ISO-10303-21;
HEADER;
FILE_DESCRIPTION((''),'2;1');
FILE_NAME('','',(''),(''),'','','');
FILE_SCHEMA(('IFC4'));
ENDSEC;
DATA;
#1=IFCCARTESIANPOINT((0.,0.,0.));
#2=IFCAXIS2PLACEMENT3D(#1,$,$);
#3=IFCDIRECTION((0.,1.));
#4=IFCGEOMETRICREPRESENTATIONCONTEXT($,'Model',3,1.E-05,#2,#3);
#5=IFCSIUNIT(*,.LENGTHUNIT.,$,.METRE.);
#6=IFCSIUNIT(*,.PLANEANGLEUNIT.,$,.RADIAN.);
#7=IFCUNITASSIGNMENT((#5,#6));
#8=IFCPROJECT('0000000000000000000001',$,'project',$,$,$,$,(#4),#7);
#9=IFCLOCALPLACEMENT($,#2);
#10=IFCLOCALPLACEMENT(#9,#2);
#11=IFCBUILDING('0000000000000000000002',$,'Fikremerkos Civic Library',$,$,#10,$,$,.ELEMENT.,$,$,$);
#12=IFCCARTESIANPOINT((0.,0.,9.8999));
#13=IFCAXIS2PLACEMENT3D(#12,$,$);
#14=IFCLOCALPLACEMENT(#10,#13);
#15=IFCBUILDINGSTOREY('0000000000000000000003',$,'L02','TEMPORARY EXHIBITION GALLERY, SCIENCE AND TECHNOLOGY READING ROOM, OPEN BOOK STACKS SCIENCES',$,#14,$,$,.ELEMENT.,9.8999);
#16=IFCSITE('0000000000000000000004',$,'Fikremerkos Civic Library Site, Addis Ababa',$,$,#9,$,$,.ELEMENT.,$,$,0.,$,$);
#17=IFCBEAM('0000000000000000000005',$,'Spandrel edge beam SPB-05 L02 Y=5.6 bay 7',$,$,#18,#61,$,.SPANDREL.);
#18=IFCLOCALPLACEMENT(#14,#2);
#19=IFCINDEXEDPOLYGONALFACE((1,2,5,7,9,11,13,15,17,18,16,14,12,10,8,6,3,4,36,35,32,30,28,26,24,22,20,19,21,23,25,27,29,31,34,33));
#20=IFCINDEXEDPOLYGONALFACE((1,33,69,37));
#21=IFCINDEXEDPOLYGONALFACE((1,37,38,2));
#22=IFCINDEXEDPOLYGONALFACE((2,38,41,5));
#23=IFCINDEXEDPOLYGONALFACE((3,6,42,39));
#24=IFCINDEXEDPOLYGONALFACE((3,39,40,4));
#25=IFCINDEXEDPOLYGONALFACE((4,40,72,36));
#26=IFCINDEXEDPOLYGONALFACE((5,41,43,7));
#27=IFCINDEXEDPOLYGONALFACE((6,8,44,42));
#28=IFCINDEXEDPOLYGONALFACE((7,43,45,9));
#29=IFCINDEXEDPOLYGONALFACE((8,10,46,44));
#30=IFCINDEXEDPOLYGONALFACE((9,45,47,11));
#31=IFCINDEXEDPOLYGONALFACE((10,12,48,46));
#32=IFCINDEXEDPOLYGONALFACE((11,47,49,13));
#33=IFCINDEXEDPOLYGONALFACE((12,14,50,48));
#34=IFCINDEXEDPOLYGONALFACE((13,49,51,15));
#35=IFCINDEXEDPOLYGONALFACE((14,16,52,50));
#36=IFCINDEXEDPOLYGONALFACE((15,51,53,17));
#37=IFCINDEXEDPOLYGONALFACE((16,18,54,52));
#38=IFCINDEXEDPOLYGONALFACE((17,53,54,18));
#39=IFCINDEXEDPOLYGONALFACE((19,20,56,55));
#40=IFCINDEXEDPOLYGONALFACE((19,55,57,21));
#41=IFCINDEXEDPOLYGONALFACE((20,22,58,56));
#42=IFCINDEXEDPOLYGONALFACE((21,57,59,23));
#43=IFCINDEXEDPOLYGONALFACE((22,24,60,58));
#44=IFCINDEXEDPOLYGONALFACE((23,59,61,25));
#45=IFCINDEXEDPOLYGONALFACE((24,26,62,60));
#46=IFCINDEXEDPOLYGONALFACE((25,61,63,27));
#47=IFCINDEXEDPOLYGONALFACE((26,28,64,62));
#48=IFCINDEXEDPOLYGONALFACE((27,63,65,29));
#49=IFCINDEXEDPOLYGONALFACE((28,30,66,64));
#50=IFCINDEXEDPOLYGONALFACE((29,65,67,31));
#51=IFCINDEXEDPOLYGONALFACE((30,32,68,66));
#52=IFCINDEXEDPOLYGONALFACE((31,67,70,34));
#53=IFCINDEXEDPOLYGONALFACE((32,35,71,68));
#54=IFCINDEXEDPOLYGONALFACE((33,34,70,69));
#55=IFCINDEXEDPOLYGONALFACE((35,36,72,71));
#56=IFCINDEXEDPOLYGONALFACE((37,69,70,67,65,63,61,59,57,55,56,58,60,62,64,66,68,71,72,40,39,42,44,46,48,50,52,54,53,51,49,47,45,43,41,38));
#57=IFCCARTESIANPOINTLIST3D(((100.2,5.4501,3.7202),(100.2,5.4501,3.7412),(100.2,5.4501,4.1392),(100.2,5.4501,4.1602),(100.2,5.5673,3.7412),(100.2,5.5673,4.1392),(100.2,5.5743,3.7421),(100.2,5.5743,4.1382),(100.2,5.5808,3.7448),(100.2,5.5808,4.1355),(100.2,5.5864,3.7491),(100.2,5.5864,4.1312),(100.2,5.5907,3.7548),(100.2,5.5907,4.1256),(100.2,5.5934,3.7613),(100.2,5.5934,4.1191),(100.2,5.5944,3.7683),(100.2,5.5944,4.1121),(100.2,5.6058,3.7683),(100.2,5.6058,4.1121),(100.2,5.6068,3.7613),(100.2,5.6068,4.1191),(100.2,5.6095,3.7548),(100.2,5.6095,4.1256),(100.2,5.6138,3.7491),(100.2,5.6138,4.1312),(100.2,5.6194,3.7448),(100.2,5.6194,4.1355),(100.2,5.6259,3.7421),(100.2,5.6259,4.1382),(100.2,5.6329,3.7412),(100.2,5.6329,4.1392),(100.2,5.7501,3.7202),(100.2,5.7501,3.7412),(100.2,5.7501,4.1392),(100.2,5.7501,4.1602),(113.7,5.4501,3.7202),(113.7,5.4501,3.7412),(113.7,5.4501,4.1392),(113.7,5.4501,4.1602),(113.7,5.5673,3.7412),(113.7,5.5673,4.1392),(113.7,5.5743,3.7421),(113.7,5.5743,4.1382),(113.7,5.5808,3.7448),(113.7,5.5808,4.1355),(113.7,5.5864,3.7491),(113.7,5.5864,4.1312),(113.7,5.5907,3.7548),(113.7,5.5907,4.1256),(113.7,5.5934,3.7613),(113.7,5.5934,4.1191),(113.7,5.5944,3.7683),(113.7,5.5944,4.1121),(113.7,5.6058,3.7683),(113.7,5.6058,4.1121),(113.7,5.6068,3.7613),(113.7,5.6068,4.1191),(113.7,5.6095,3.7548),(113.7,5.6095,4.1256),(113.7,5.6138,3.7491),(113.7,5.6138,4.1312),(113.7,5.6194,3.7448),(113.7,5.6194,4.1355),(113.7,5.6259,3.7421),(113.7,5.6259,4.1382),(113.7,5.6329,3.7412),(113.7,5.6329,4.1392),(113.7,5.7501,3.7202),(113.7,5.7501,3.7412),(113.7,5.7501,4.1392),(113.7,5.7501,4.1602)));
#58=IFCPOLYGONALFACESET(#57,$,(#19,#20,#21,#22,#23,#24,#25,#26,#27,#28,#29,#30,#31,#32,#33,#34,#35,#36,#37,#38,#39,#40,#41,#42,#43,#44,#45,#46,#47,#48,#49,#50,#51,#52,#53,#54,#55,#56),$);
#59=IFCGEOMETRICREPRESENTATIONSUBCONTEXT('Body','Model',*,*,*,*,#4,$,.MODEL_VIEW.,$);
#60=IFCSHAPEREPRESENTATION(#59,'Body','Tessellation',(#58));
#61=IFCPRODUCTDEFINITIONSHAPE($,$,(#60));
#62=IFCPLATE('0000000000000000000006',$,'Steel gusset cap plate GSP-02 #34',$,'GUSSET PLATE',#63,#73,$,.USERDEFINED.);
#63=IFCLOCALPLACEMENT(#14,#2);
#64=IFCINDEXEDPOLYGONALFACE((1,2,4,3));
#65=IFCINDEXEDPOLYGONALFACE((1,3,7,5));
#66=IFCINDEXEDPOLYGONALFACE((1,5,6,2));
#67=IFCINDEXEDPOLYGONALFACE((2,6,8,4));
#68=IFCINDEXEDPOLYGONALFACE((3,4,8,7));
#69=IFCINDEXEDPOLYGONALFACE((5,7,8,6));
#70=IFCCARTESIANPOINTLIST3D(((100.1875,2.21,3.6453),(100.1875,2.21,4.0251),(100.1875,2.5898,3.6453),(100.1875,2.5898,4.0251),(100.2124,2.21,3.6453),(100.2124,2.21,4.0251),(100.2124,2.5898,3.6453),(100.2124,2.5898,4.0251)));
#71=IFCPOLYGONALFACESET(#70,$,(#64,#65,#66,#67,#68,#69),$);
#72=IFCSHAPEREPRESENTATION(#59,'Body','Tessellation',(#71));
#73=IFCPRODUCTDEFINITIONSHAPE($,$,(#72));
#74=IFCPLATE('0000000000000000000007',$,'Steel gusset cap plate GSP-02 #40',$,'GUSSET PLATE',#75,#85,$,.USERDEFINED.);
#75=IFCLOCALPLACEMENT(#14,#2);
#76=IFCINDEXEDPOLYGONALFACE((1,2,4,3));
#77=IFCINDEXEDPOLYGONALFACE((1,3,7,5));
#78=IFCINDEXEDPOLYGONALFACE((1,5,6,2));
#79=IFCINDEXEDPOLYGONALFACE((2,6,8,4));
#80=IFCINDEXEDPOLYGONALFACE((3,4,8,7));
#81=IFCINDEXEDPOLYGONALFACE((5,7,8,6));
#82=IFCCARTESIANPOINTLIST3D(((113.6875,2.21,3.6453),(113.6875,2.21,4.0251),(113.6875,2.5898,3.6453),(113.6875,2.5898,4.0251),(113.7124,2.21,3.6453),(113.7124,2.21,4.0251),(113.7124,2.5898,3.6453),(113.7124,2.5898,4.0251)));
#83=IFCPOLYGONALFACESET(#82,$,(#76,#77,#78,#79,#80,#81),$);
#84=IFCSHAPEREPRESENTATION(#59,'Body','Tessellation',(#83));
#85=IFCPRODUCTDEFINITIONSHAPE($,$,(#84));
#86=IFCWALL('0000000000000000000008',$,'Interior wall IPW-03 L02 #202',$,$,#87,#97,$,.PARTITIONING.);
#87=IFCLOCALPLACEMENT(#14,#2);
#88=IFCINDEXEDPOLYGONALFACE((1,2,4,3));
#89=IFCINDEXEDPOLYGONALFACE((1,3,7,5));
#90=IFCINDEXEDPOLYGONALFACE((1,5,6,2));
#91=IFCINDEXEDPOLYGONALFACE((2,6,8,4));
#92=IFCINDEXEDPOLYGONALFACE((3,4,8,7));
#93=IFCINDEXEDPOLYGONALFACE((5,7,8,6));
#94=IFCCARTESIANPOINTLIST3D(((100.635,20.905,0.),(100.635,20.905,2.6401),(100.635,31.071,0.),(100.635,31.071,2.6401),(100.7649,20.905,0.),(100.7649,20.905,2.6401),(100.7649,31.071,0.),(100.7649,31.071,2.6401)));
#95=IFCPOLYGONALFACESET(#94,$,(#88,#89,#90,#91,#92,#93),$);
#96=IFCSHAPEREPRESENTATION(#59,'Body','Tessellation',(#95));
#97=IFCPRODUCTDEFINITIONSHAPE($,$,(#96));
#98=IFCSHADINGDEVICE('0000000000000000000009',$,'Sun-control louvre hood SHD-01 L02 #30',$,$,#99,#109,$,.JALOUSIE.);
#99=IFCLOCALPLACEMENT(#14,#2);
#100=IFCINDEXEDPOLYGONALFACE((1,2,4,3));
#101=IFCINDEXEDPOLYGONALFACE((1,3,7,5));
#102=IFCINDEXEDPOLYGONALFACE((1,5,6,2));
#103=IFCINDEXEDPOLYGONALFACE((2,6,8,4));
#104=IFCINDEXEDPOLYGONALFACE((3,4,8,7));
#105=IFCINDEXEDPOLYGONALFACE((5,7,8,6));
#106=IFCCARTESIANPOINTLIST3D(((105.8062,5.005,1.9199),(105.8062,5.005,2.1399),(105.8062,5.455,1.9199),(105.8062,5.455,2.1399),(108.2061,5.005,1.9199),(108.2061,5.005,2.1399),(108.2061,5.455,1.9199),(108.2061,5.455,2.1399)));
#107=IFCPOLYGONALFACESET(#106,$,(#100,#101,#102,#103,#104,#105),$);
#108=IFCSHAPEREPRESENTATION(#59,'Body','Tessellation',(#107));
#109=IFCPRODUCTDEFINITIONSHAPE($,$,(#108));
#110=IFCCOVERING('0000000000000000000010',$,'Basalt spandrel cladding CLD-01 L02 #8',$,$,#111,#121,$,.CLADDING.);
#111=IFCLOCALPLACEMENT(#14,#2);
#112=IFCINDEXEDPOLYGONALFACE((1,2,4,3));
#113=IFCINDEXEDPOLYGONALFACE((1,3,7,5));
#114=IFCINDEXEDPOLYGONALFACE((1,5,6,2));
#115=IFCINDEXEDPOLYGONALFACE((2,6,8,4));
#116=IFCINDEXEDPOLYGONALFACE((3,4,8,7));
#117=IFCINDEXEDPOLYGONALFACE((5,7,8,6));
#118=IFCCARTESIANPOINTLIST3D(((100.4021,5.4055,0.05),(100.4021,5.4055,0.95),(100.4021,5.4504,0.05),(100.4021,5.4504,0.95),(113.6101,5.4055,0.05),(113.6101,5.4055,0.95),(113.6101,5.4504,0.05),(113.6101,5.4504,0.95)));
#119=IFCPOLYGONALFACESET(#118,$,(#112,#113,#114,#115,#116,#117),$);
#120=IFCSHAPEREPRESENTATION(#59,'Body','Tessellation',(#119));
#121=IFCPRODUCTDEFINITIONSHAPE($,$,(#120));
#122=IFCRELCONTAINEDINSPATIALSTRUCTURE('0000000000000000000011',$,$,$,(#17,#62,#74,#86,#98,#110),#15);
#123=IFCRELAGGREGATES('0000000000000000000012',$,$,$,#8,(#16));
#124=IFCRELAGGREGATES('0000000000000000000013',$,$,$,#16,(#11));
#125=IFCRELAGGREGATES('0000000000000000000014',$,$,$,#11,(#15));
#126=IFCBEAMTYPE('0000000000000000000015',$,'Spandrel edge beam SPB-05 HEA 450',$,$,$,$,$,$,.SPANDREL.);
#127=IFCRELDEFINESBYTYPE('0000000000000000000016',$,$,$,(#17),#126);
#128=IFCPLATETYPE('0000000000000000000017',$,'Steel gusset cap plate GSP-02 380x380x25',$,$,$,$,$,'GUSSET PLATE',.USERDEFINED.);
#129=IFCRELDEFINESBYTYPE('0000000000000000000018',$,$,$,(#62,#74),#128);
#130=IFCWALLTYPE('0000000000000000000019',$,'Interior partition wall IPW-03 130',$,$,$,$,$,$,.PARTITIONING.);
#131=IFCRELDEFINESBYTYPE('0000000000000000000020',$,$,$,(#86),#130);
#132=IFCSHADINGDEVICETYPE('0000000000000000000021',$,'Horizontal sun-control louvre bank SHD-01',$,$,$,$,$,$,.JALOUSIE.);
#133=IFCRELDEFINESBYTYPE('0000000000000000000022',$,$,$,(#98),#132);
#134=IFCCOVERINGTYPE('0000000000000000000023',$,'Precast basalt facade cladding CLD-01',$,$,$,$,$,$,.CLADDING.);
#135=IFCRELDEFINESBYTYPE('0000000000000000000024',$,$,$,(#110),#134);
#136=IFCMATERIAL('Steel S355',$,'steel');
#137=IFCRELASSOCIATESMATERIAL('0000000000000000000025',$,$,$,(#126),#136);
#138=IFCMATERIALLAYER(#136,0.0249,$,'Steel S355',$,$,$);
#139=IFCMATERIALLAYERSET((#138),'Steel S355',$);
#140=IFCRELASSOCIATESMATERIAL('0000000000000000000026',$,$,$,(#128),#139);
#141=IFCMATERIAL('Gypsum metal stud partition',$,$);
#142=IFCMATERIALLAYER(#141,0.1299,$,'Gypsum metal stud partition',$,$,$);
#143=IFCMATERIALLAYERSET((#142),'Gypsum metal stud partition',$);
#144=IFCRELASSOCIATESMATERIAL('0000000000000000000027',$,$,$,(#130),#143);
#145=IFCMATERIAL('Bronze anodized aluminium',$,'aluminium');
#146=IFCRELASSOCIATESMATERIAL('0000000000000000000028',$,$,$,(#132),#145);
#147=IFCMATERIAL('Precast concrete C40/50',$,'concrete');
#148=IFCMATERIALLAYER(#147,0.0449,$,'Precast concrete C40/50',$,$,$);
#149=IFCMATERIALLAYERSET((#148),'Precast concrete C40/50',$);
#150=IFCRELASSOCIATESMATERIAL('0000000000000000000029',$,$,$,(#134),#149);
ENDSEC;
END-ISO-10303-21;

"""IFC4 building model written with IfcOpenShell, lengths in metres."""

from ifc_helpers import new_model, si_unit, direction, frame, frame_2d, origin, origin_2d, place, context, subcontext, project, spatial, rectangle, i_section, extrude, material, layer, layer_set, material_profile, profile_set, type_object, element, save


model = new_model("IFC4")

# Units and contexts
model_context = context("Model", 3, precision=1e-05, world=origin(), true_north=direction((0.0, 1.0)))
body_context = subcontext(model_context, "Body", "Model", "MODEL_VIEW")
ifc_project = project(units=[si_unit("LENGTHUNIT", "METRE"), si_unit("PLANEANGLEUNIT", "RADIAN")], contexts=[model_context])

# Site, building, storey
site_placement = place(None, origin())
site = spatial("IfcSite", under=ifc_project, at=site_placement, Name="Fikremerkos Civic Library Site, Addis Ababa", CompositionType="ELEMENT", RefElevation=0.0)
building_placement = place(site_placement, origin())
building = spatial("IfcBuilding", under=site, at=building_placement, Name="Fikremerkos Civic Library", CompositionType="ELEMENT")
storey_placement = place(building_placement, frame((0.0, 0.0, 9.8999)))
storey = spatial("IfcBuildingStorey", under=building, at=storey_placement, Name="L02", Description="TEMPORARY EXHIBITION GALLERY, SCIENCE AND TECHNOLOGY READING ROOM, OPEN BOOK STACKS SCIENCES", CompositionType="ELEMENT", Elevation=9.8999)

# Shared definitions
ifc_material_1 = material(Name="Steel S355", Category="steel")

# Beam
ifc_material_profile_1 = material_profile(ifc_material_1, i_section(OverallWidth=0.3, OverallDepth=0.4399, WebThickness=0.0115, FlangeThickness=0.021, FilletRadius=0.0271, at=origin_2d()), Name="HEA 450")
ifc_profile_set_1 = profile_set([ifc_material_profile_1], Name="Steel S355")
beam_type_1 = type_object("IfcBeamType", Name="Spandrel edge beam SPB-05 HEA 450", PredefinedType="SPANDREL", material=ifc_profile_set_1)
beam_1_placement = place(storey_placement, frame((100.2, 5.6001, 3.9402), z_axis=(1.0, 0.0, 0.0), x_axis=(0.0, 1.0, 0.0)))
element("IfcBeam", 1, at=beam_1_placement, inside=storey, type_object=beam_type_1, Name="Spandrel edge beam SPB-05 L02 Y=5.6 bay 7", PredefinedType="SPANDREL", context=body_context, shape_type="SweptSolid", body=[
    extrude(i_section(OverallWidth=0.3, OverallDepth=0.4399, WebThickness=0.0115, FlangeThickness=0.021, FilletRadius=0.0271, at=origin_2d()), origin(), (0.0, 0.0, 1.0), 13.5),
])

# Plates
ifc_layer_1 = layer(ifc_material_1, 0.0249, Name="Steel S355")
ifc_layer_set_1 = layer_set([ifc_layer_1], Name="Steel S355")
plate_type = type_object("IfcPlateType", Name="Steel gusset cap plate GSP-02 380x380x25", ElementType="GUSSET PLATE", PredefinedType="USERDEFINED", material=ifc_layer_set_1)
for number, where, z_axis, x_axis, name in (
    (2, (100.2, 2.3999, 3.6453), (0.0, 0.0, 1.0), (1.0, 0.0, 0.0), "Steel gusset cap plate GSP-02 #34"),
    (3, (113.7, 2.3999, 3.6453), (0.0, 0.0, 1.0), (1.0, 0.0, 0.0), "Steel gusset cap plate GSP-02 #40"),
):
    element("IfcPlate", number, at=place(storey_placement, frame(where, z_axis=z_axis, x_axis=x_axis)), inside=storey, type_object=plate_type, Name=name, ObjectType="GUSSET PLATE", PredefinedType="USERDEFINED", context=body_context, shape_type="SweptSolid", body=[
        extrude(rectangle(XDim=0.0249, YDim=0.3799, at=origin_2d()), origin(), (0.0, 0.0, 1.0), 0.3799),
    ])

# Wall
ifc_material_2 = material(Name="Gypsum metal stud partition")
ifc_layer_2 = layer(ifc_material_2, 0.1299, Name="Gypsum metal stud partition")
ifc_layer_set_2 = layer_set([ifc_layer_2], Name="Gypsum metal stud partition")
wall_type = type_object("IfcWallType", Name="Interior partition wall IPW-03 130", PredefinedType="PARTITIONING", material=ifc_layer_set_2)
wall_placement = place(storey_placement, frame((100.7, 20.905, 0.0), z_axis=(0.0, 0.0, 1.0), x_axis=(0.0, 1.0, 0.0)))
element("IfcWall", 4, at=wall_placement, inside=storey, type_object=wall_type, Name="Interior wall IPW-03 L02 #202", PredefinedType="PARTITIONING", context=body_context, shape_type="SweptSolid", body=[
    extrude(rectangle(XDim=10.166, YDim=0.1299, at=frame_2d((5.083, 0.0))), origin(), (0.0, 0.0, 1.0), 2.6401),
])

# Shading device
ifc_material_3 = material(Name="Bronze anodized aluminium", Category="aluminium")
shading_device_type = type_object("IfcShadingDeviceType", Name="Horizontal sun-control louvre bank SHD-01", PredefinedType="JALOUSIE", material=ifc_material_3)
shading_device_placement = place(storey_placement, frame((107.0061, 5.23, 1.9199), z_axis=(0.0, 0.0, 1.0), x_axis=(1.0, 0.0, 0.0)))
element("IfcShadingDevice", 5, at=shading_device_placement, inside=storey, type_object=shading_device_type, Name="Sun-control louvre hood SHD-01 L02 #30", PredefinedType="JALOUSIE", context=body_context, shape_type="SweptSolid", body=[
    extrude(rectangle(XDim=2.3999, YDim=0.45, at=origin_2d()), origin(), (0.0, 0.0, 1.0), 0.22),
])

# Covering
ifc_material_4 = material(Name="Precast concrete C40/50", Category="concrete")
ifc_layer_3 = layer(ifc_material_4, 0.0449, Name="Precast concrete C40/50")
ifc_layer_set_3 = layer_set([ifc_layer_3], Name="Precast concrete C40/50")
covering_type = type_object("IfcCoveringType", Name="Precast basalt facade cladding CLD-01", PredefinedType="CLADDING", material=ifc_layer_set_3)
covering_placement = place(storey_placement, frame((107.0061, 5.428, 0.05), z_axis=(0.0, 0.0, 1.0), x_axis=(1.0, 0.0, 0.0)))
element("IfcCovering", 6, at=covering_placement, inside=storey, type_object=covering_type, Name="Basalt spandrel cladding CLD-01 L02 #8", PredefinedType="CLADDING", context=body_context, shape_type="SweptSolid", body=[
    extrude(rectangle(XDim=13.208, YDim=0.0449, at=origin_2d()), origin(), (0.0, 0.0, 1.0), 0.8999),
])

save(model, "model.ifc")
